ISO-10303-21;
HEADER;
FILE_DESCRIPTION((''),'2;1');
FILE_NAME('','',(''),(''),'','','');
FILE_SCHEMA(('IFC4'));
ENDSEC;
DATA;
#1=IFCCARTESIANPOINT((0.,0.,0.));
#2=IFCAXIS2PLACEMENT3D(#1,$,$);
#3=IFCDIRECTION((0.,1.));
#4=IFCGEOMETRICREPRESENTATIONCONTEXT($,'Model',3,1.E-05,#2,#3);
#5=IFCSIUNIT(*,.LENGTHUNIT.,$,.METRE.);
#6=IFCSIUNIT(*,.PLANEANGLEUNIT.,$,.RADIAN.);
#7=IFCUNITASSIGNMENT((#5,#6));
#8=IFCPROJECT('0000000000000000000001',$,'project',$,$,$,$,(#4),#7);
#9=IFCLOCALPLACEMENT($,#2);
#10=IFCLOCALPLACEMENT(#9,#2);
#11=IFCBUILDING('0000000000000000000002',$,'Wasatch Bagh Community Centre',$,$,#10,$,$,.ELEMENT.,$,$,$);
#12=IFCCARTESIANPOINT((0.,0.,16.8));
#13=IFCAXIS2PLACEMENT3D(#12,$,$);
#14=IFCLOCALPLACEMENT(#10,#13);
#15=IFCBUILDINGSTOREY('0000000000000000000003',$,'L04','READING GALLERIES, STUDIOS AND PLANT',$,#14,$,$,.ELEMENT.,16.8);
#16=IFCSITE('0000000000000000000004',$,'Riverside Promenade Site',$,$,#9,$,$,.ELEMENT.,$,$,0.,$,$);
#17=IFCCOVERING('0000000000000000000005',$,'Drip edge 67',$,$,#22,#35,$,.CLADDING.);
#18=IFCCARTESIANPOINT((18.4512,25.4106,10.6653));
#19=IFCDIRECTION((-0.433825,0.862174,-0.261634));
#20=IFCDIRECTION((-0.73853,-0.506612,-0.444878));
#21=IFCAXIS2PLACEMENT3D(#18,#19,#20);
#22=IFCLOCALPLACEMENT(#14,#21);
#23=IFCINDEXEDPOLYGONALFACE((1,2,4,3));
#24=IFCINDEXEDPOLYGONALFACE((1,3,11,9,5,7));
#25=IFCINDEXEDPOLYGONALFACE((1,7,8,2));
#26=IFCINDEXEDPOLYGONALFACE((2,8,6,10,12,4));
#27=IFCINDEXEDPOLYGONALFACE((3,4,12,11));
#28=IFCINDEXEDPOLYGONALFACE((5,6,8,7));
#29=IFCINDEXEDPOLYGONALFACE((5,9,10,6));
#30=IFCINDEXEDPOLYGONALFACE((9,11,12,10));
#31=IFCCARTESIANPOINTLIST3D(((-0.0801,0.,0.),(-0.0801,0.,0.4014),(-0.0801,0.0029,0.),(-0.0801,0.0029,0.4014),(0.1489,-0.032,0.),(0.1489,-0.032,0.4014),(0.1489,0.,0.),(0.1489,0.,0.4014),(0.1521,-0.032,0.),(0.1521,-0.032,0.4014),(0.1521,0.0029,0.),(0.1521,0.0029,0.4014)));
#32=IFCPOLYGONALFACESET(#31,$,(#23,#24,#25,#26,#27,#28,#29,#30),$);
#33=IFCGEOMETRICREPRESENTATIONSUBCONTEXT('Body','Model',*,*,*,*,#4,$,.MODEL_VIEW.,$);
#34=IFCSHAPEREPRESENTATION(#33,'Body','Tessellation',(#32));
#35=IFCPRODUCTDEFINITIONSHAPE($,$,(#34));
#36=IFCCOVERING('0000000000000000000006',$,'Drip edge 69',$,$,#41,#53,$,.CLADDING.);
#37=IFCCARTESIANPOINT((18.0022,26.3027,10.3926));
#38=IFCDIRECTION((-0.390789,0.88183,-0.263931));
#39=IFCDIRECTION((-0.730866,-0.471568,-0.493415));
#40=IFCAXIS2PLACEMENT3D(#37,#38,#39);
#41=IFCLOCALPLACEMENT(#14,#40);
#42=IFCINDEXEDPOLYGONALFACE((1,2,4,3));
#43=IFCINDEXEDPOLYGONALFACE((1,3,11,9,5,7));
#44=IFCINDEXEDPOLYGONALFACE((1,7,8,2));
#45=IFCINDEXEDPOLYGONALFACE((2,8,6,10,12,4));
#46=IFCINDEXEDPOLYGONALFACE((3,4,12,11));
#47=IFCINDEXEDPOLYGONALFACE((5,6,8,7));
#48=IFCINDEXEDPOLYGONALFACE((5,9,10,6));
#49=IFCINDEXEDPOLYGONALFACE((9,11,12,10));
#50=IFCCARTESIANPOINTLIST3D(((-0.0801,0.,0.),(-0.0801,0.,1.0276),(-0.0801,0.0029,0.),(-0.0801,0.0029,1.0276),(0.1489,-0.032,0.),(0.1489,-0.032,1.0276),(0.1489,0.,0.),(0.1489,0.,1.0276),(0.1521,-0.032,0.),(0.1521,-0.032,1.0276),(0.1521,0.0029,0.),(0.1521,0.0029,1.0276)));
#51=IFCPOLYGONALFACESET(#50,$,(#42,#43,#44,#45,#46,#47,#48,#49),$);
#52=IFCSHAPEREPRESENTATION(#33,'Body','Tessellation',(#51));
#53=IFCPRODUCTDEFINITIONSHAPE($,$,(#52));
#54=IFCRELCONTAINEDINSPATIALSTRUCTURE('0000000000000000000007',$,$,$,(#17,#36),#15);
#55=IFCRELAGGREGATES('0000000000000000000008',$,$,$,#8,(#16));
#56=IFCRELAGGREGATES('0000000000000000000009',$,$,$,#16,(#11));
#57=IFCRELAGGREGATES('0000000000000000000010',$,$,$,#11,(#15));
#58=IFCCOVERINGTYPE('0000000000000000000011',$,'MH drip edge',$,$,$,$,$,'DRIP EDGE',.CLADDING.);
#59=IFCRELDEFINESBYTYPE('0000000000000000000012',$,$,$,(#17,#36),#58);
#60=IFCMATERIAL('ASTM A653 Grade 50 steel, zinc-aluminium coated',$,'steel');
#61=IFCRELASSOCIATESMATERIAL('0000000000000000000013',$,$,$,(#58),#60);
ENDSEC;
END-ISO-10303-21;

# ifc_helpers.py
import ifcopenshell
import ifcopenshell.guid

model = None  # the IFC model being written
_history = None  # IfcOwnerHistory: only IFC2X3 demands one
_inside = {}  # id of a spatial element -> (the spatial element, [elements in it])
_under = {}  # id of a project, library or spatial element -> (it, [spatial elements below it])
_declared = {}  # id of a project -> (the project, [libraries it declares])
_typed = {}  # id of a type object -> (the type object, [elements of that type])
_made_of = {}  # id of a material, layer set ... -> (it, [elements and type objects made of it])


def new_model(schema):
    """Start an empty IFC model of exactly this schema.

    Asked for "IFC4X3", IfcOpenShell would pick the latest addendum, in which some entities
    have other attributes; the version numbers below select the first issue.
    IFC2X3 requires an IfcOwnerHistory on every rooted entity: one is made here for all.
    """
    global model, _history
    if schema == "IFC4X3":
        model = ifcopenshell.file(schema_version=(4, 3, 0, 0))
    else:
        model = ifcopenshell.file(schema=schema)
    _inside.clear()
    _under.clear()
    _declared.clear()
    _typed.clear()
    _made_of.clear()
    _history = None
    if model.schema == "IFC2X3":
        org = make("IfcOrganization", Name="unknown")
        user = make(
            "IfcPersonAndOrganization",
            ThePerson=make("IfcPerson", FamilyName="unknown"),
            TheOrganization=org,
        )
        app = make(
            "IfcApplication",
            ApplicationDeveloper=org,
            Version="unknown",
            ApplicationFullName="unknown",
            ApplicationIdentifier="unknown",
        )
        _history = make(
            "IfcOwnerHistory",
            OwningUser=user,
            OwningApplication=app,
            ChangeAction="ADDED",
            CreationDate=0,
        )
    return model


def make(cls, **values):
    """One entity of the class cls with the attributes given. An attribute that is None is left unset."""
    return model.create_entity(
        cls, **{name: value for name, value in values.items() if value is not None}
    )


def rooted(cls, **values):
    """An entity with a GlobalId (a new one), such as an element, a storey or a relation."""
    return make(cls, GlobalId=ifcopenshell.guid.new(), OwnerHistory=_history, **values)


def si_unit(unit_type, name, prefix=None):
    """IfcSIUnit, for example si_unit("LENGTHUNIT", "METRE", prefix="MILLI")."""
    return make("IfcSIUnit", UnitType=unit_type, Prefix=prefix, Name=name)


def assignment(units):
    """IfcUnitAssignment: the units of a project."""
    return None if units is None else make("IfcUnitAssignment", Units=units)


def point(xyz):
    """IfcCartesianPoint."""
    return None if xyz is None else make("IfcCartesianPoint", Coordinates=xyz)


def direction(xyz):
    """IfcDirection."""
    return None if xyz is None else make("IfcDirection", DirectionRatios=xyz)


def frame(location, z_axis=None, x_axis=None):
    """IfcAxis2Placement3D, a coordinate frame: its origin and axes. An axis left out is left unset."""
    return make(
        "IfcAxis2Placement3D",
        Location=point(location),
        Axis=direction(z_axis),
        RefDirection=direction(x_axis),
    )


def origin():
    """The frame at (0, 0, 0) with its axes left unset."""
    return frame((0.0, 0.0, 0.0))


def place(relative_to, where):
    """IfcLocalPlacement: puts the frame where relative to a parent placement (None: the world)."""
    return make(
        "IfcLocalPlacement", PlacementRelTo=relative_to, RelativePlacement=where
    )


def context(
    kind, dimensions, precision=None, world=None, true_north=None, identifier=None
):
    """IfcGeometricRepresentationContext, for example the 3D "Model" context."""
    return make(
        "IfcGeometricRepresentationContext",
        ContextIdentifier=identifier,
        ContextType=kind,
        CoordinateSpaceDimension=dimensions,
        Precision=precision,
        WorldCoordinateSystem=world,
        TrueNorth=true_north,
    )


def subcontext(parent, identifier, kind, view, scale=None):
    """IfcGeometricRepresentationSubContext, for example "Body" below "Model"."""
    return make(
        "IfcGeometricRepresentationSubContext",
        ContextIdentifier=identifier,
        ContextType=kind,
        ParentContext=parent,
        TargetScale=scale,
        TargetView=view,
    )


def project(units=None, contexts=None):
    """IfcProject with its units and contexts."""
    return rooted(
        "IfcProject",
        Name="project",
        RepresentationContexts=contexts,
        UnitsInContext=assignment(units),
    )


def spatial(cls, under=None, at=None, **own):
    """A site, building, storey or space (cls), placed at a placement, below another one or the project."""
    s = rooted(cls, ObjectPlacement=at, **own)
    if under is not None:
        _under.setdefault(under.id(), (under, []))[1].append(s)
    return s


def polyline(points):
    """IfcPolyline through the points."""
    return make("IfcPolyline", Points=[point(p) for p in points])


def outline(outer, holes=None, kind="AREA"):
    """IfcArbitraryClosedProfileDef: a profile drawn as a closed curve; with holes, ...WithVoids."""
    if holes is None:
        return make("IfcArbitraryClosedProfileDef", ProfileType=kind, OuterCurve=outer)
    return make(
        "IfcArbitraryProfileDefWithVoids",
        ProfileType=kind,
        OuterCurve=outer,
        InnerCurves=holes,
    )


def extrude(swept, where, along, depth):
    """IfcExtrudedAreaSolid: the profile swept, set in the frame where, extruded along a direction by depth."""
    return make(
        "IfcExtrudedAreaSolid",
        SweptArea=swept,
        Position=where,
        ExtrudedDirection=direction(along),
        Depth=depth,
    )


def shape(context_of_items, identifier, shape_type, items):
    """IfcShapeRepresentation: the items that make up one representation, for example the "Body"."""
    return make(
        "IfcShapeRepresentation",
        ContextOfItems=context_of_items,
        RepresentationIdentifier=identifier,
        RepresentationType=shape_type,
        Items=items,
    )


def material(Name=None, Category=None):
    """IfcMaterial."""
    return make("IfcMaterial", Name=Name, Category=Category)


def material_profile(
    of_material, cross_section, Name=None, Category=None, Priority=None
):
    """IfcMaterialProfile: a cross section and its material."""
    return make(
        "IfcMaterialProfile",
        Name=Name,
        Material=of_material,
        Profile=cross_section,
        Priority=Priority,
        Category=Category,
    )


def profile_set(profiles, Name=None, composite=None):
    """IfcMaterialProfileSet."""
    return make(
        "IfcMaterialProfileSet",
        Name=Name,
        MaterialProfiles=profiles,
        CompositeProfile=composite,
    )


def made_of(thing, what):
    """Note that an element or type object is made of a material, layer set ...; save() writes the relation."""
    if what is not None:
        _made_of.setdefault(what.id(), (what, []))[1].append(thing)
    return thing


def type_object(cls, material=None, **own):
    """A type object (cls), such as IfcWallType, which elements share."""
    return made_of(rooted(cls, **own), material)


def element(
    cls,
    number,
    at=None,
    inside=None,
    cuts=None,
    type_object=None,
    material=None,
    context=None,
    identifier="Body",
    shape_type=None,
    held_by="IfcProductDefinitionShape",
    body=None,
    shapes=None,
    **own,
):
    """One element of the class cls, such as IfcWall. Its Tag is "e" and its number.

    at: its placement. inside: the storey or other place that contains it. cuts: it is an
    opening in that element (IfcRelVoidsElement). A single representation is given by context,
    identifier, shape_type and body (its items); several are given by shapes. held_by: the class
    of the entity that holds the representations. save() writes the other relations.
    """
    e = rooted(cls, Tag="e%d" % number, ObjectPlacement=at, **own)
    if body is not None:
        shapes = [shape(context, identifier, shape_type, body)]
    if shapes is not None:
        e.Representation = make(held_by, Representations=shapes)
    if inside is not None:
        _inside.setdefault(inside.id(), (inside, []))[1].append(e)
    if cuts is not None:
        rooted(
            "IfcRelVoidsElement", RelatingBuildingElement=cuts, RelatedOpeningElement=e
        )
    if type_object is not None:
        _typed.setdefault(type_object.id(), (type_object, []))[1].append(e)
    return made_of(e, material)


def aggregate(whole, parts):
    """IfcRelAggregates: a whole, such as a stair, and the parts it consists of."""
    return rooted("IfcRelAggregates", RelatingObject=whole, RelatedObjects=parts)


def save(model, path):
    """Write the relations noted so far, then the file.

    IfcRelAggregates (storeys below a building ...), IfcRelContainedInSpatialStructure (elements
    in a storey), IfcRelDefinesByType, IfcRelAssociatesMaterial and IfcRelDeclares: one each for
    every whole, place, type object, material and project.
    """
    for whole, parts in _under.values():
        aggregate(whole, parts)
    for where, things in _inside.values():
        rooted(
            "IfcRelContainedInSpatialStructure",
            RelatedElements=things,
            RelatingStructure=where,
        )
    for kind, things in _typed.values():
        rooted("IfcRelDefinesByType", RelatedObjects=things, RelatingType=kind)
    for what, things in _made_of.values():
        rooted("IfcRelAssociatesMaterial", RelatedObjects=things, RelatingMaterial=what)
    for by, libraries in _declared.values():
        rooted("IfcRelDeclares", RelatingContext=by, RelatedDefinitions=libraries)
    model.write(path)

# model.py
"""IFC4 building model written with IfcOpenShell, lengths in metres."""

from ifc_helpers import new_model, si_unit, direction, frame, origin, place, context, subcontext, project, spatial, polyline, outline, extrude, material, material_profile, profile_set, type_object, element, save


model = new_model("IFC4")

# Units and contexts
model_context = context("Model", 3, precision=1e-05, world=origin(), true_north=direction((0.0, 1.0)))
body_context = subcontext(model_context, "Body", "Model", "MODEL_VIEW")
ifc_project = project(units=[si_unit("LENGTHUNIT", "METRE"), si_unit("PLANEANGLEUNIT", "RADIAN")], contexts=[model_context])

# Site, building, storey
site_placement = place(None, origin())
site = spatial("IfcSite", under=ifc_project, at=site_placement, Name="Riverside Promenade Site", CompositionType="ELEMENT", RefElevation=0.0)
building_placement = place(site_placement, origin())
building = spatial("IfcBuilding", under=site, at=building_placement, Name="Wasatch Bagh Community Centre", CompositionType="ELEMENT")
storey_placement = place(building_placement, frame((0.0, 0.0, 16.8)))
storey = spatial("IfcBuildingStorey", under=building, at=storey_placement, Name="L04", Description="READING GALLERIES, STUDIOS AND PLANT", CompositionType="ELEMENT", Elevation=16.8)

# Coverings
ifc_material_1 = material(Name="ASTM A653 Grade 50 steel, zinc-aluminium coated", Category="steel")
ifc_material_profile_1 = material_profile(ifc_material_1, outline(polyline([(-0.0801, 0.0029), (0.1521, 0.0029), (0.1521, -0.032), (0.1489, -0.032), (0.1489, 0.0), (-0.0801, 0.0), (-0.0801, 0.0029)])), Name="DRIP EDGE")
ifc_profile_set_1 = profile_set([ifc_material_profile_1], Name="ASTM A653 Grade 50 steel, zinc-aluminium coated")
covering_type_1 = type_object("IfcCoveringType", Name="MH drip edge", ElementType="DRIP EDGE", PredefinedType="CLADDING", material=ifc_profile_set_1)
covering_1_placement = place(storey_placement, frame((18.4512, 25.4106, 10.6653), z_axis=(-0.433825, 0.862174, -0.261634), x_axis=(-0.73853, -0.506612, -0.444878)))
element("IfcCovering", 1, at=covering_1_placement, inside=storey, type_object=covering_type_1, Name="Drip edge 67", PredefinedType="CLADDING", context=body_context, shape_type="SweptSolid", body=[
    extrude(outline(polyline([(-0.0801, 0.0029), (0.1521, 0.0029), (0.1521, -0.032), (0.1489, -0.032), (0.1489, 0.0), (-0.0801, 0.0), (-0.0801, 0.0029)])), origin(), (0.0, 0.0, 1.0), 0.4014),
])
covering_2_placement = place(storey_placement, frame((18.0022, 26.3027, 10.3926), z_axis=(-0.390789, 0.88183, -0.263931), x_axis=(-0.730866, -0.471568, -0.493415)))
element("IfcCovering", 2, at=covering_2_placement, inside=storey, type_object=covering_type_1, Name="Drip edge 69", PredefinedType="CLADDING", context=body_context, shape_type="SweptSolid", body=[
    extrude(outline(polyline([(-0.0801, 0.0029), (0.1521, 0.0029), (0.1521, -0.032), (0.1489, -0.032), (0.1489, 0.0), (-0.0801, 0.0), (-0.0801, 0.0029)])), origin(), (0.0, 0.0, 1.0), 1.0276),
])

save(model, "model.ifc")
